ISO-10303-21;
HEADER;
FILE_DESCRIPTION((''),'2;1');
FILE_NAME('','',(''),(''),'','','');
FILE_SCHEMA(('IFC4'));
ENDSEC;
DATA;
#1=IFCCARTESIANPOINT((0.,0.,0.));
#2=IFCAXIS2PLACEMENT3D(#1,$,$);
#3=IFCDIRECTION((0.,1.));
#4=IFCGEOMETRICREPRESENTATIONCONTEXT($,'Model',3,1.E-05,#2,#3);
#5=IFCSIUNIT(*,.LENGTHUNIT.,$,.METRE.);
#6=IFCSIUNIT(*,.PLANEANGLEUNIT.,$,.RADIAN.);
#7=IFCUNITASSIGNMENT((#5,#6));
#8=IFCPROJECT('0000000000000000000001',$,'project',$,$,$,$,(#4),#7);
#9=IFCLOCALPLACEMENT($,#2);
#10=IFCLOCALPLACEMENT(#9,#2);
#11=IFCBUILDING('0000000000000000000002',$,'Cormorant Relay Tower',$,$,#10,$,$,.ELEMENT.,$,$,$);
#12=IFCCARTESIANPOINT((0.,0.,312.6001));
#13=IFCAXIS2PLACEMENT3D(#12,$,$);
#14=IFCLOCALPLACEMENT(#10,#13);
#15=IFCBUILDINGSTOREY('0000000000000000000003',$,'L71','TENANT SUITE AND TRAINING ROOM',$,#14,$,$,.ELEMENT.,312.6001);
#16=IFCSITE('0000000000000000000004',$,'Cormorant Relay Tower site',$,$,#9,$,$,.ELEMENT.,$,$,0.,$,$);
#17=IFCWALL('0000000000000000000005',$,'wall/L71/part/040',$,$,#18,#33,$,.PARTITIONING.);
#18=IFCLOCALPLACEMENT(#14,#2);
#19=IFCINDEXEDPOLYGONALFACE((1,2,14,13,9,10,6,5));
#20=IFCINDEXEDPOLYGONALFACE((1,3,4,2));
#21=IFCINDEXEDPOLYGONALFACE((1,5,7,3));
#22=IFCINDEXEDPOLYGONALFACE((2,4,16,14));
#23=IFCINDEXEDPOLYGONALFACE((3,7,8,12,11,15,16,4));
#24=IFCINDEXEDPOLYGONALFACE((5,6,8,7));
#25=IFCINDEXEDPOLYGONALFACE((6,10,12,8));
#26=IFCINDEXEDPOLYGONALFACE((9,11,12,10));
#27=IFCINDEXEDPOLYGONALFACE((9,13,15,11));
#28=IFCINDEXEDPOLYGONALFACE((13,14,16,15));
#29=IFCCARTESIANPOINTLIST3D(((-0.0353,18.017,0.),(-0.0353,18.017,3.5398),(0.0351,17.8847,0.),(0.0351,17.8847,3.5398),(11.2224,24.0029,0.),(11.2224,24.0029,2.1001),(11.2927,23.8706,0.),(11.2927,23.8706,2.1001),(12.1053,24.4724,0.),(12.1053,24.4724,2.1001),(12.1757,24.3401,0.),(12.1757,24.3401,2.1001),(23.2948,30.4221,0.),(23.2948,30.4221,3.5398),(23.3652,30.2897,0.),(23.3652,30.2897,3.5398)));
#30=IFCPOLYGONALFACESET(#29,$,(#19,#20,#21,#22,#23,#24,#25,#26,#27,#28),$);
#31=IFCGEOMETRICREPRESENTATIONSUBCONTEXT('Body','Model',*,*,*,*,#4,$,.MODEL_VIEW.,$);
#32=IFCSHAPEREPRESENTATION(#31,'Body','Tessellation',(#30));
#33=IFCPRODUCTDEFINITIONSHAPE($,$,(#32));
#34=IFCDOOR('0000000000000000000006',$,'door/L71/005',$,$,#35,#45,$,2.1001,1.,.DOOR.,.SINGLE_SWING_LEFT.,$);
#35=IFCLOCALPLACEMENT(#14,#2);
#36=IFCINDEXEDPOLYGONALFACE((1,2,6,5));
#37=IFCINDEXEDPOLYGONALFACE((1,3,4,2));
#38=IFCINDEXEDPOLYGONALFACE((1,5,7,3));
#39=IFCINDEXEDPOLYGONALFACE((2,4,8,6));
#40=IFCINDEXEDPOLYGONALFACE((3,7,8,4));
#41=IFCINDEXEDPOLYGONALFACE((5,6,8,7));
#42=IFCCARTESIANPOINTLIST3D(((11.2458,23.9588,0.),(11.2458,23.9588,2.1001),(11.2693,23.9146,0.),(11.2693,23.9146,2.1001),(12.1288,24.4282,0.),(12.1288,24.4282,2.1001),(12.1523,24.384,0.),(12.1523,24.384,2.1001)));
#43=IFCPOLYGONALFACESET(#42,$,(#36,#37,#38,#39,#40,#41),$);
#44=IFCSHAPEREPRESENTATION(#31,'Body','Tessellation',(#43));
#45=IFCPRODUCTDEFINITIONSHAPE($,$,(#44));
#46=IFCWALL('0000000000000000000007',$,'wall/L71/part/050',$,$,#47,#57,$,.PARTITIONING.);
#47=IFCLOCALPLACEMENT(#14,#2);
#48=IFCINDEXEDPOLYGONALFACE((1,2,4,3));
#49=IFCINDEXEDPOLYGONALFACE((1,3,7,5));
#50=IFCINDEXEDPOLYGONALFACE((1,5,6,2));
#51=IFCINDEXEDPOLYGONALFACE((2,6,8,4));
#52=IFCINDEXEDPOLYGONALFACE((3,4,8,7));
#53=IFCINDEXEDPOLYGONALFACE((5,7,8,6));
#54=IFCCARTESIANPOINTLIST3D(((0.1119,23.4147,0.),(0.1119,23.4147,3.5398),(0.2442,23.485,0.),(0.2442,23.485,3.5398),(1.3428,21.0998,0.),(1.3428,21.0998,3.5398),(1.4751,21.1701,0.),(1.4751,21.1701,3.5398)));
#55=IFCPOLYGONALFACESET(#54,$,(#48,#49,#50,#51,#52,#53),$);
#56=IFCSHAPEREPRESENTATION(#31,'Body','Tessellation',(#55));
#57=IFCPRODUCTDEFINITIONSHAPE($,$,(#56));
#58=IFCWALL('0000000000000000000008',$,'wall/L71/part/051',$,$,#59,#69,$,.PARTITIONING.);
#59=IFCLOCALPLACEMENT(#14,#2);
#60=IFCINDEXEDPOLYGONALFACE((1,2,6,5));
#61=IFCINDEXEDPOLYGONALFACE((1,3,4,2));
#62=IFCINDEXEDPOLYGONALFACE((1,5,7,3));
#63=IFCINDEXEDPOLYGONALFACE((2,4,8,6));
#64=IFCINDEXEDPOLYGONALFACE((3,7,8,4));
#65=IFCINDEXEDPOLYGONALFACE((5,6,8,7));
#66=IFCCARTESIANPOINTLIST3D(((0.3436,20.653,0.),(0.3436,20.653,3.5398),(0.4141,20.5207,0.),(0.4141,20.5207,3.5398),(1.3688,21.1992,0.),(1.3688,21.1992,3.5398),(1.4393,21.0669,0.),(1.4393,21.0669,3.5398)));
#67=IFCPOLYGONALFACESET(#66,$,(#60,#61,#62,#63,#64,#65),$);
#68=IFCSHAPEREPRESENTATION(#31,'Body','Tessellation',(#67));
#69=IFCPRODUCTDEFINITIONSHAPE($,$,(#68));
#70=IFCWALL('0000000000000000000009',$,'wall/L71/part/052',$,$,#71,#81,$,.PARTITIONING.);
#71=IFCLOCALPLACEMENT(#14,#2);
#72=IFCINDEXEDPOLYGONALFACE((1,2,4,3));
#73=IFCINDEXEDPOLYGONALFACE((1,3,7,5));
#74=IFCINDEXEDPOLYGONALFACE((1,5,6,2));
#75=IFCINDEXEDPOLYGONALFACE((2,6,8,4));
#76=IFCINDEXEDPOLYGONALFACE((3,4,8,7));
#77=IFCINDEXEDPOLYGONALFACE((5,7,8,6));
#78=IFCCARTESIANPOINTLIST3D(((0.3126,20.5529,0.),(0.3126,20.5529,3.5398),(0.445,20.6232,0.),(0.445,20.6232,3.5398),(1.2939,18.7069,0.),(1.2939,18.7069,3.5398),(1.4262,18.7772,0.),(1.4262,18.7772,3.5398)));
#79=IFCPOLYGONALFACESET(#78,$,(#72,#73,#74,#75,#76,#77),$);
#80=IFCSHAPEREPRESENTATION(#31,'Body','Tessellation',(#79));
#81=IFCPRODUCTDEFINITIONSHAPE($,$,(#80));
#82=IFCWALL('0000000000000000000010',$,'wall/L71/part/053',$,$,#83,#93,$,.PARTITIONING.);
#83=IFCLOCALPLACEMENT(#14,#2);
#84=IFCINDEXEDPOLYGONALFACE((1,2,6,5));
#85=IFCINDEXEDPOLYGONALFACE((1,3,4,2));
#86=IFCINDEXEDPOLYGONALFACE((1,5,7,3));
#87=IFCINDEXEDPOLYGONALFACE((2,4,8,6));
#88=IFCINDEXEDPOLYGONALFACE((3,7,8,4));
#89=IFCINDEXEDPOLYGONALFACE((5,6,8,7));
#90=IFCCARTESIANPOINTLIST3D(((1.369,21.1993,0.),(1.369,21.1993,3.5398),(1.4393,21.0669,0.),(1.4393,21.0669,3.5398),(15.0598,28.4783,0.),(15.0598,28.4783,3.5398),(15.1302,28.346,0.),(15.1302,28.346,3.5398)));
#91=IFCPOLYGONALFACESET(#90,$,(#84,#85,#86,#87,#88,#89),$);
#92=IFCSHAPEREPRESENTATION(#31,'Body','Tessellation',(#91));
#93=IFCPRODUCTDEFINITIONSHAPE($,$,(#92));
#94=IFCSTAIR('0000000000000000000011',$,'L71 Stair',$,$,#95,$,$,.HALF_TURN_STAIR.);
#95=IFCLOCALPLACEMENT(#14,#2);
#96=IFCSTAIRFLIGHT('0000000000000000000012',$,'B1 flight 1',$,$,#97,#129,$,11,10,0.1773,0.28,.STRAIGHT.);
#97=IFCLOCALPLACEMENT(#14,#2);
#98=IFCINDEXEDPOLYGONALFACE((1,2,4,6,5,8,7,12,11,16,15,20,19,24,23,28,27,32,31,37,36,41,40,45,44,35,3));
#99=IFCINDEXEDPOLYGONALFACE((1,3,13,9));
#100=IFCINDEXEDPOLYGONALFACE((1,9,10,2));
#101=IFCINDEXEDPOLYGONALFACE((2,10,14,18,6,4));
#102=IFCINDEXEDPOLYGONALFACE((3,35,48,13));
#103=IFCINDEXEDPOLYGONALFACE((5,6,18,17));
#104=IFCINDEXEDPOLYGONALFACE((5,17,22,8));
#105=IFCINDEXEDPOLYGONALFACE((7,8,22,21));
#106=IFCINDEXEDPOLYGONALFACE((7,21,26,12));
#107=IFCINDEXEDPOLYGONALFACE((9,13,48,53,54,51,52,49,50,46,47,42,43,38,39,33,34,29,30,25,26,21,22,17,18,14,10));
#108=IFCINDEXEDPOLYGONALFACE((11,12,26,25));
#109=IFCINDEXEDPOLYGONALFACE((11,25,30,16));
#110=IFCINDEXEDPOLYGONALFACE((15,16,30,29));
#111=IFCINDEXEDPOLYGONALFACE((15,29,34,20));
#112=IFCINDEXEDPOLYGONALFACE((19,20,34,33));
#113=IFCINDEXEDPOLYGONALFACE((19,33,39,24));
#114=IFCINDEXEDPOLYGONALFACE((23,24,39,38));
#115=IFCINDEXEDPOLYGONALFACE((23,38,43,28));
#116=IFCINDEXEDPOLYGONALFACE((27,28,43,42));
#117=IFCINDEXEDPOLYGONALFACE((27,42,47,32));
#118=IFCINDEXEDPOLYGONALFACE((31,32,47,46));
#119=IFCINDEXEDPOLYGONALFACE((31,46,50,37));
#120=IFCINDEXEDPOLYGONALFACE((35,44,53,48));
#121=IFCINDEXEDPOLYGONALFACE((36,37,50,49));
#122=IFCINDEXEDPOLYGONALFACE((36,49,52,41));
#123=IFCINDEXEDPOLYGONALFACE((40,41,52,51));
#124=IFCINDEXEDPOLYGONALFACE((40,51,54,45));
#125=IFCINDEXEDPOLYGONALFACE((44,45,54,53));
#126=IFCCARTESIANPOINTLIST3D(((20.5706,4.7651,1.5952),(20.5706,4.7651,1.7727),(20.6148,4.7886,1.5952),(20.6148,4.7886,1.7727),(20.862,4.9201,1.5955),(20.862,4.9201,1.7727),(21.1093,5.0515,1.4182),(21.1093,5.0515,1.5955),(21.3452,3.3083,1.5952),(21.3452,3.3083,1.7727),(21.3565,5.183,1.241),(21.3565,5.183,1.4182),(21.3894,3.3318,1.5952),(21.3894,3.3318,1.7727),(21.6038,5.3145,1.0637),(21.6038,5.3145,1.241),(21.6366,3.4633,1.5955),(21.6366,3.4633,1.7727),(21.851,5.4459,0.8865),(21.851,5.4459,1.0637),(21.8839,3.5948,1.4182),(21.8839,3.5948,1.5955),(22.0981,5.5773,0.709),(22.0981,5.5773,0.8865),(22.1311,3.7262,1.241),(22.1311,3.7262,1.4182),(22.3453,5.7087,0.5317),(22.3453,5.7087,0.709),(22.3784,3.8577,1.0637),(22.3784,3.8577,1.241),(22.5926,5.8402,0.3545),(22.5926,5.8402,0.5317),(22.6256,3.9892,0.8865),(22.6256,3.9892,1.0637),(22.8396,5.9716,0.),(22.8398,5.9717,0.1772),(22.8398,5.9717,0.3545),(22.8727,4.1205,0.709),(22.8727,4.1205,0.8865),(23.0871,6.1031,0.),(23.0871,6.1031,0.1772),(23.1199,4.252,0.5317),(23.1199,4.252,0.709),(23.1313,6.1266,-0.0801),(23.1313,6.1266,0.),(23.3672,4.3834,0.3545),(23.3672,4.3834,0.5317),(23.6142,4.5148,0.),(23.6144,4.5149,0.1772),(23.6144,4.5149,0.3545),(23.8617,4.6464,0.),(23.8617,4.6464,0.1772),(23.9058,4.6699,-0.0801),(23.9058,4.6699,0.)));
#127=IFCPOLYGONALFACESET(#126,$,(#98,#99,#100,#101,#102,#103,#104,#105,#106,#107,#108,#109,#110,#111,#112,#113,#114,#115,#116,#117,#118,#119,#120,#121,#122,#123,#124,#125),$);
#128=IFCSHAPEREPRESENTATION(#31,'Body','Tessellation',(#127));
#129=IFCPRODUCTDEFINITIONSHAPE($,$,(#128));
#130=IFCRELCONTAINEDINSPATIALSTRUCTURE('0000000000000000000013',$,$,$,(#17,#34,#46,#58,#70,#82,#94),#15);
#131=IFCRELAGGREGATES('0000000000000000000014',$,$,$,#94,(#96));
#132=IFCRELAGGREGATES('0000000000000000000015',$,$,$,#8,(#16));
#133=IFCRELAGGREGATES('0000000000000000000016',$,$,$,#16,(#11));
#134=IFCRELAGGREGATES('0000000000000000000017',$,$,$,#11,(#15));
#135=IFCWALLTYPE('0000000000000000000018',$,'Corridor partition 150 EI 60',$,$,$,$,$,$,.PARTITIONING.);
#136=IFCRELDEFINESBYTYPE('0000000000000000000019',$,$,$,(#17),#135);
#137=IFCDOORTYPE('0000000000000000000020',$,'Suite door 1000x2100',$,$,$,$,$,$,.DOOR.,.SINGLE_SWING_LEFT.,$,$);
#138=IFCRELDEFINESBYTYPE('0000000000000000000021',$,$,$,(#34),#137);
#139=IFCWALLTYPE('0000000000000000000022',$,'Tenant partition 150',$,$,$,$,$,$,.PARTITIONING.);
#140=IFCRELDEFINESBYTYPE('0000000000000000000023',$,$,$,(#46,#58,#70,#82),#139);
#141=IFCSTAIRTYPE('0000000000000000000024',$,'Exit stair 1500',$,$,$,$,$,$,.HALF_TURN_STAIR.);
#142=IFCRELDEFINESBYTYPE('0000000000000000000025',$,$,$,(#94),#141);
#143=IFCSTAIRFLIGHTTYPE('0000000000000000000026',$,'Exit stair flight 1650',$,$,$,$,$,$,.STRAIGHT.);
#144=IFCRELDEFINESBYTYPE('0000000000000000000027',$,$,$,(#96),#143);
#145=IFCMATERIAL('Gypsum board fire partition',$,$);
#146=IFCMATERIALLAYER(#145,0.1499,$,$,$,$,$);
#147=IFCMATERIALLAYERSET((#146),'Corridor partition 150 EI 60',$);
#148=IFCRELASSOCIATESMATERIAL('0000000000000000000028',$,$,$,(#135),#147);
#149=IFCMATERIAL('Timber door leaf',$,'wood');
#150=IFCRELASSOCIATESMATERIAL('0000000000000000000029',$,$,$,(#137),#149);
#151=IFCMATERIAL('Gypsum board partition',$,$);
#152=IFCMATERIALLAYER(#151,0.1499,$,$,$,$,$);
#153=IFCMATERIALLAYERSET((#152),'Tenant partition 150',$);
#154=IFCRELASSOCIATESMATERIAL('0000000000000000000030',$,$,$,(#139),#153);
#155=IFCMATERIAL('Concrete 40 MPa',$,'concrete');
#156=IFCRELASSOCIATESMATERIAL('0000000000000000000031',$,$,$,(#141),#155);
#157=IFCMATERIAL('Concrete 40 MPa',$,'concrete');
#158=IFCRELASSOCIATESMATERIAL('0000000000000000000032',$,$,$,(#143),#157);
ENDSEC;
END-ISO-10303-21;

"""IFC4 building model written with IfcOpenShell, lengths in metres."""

from ifc_helpers import new_model, si_unit, direction, frame, frame_2d, origin, place, context, subcontext, project, spatial, polyline, rectangle, outline, extrude, material, layer, layer_set, type_object, element, fill, aggregate, save


model = new_model("IFC4")

# Units and contexts
model_context = context("Model", 3, precision=1e-05, world=origin(), true_north=direction((0.0, 1.0)))
body_context = subcontext(model_context, "Body", "Model", "MODEL_VIEW")
ifc_project = project(units=[si_unit("LENGTHUNIT", "METRE"), si_unit("PLANEANGLEUNIT", "RADIAN")], contexts=[model_context])

# Site, building, storey
site_placement = place(None, origin())
site = spatial("IfcSite", under=ifc_project, at=site_placement, Name="Cormorant Relay Tower site", CompositionType="ELEMENT", RefElevation=0.0)
building_placement = place(site_placement, origin())
building = spatial("IfcBuilding", under=site, at=building_placement, Name="Cormorant Relay Tower", CompositionType="ELEMENT")
storey_placement = place(building_placement, frame((0.0, 0.0, 312.6001)))
storey = spatial("IfcBuildingStorey", under=building, at=storey_placement, Name="L71", Description="TENANT SUITE AND TRAINING ROOM", CompositionType="ELEMENT", Elevation=312.6001)

# Shared definitions
ifc_material_1 = material(Name="Gypsum board fire partition")
ifc_layer_1 = layer(ifc_material_1, 0.1499)
ifc_layer_set_1 = layer_set([ifc_layer_1], Name="Corridor partition 150 EI 60")
wall_type_1 = type_object("IfcWallType", Name="Corridor partition 150 EI 60", PredefinedType="PARTITIONING", material=ifc_layer_set_1)

# Wall, opening, door
wall_1_placement = place(storey_placement, frame((0.0, 17.9509, 0.0), z_axis=(0.0, 0.0, 1.0), x_axis=(0.882944, 0.469478, 0.0)))
wall_1 = element("IfcWall", 1, at=wall_1_placement, inside=storey, type_object=wall_type_1, Name="wall/L71/part/040", PredefinedType="PARTITIONING", context=body_context, shape_type="SweptSolid", body=[
    extrude(rectangle(XDim=26.4231, YDim=0.1499, at=frame_2d((13.2114, 0.0))), origin(), (0.0, 0.0, 1.0), 3.5398),
])
opening_1_placement = place(wall_1_placement, frame((12.75, 0.0, 0.0)))
opening_1 = element("IfcOpeningElement", 2, at=opening_1_placement, cuts=wall_1, PredefinedType="OPENING", context=body_context, shape_type="SweptSolid", body=[
    extrude(rectangle(XDim=1.0, YDim=2.1001, at=frame_2d((0.5, 1.05))), frame((0.0, 0.085, 0.0), z_axis=(0.0, -1.0, 0.0), x_axis=(1.0, 0.0, 0.0)), (0.0, 0.0, 1.0), 0.1699),
])
ifc_material_2 = material(Name="Timber door leaf", Category="wood")
door_type_1 = type_object("IfcDoorType", Name="Suite door 1000x2100", OperationType="SINGLE_SWING_LEFT", PredefinedType="DOOR", material=ifc_material_2)
door_1_placement = place(opening_1_placement, origin())
door_1 = element("IfcDoor", 3, at=door_1_placement, inside=storey, type_object=door_type_1, Name="door/L71/005", OperationType="SINGLE_SWING_LEFT", OverallHeight=2.1001, OverallWidth=1.0, PredefinedType="DOOR", context=body_context, shape_type="SweptSolid", body=[
    extrude(rectangle(XDim=1.0, YDim=2.1001, at=frame_2d((0.5, 1.05))), frame((0.0, 0.0249, 0.0), z_axis=(0.0, -1.0, 0.0), x_axis=(1.0, 0.0, 0.0)), (0.0, 0.0, 1.0), 0.05),
])
fill(opening_1, door_1)

# Walls
ifc_material_3 = material(Name="Gypsum board partition")
ifc_layer_2 = layer(ifc_material_3, 0.1499)
ifc_layer_set_2 = layer_set([ifc_layer_2], Name="Tenant partition 150")
wall_type_2 = type_object("IfcWallType", Name="Tenant partition 150", PredefinedType="PARTITIONING", material=ifc_layer_set_2)
wall_2_placement = place(storey_placement, frame((0.178, 23.45, 0.0), z_axis=(0.0, 0.0, 1.0), x_axis=(0.469496, -0.882935, 0.0)))
element("IfcWall", 4, at=wall_2_placement, inside=storey, type_object=wall_type_2, Name="wall/L71/part/050", PredefinedType="PARTITIONING", context=body_context, shape_type="SweptSolid", body=[
    extrude(rectangle(XDim=2.6218, YDim=0.1499, at=frame_2d((1.311, 0.0))), origin(), (0.0, 0.0, 1.0), 3.5398),
])
wall_3_placement = place(storey_placement, frame((1.4041, 21.1331, 0.0), z_axis=(0.0, 0.0, 1.0), x_axis=(-0.882568, -0.470185, 0.0)))
element("IfcWall", 5, at=wall_3_placement, inside=storey, type_object=wall_type_2, Name="wall/L71/part/051", PredefinedType="PARTITIONING", context=body_context, shape_type="SweptSolid", body=[
    extrude(rectangle(XDim=1.1616, YDim=0.1499, at=frame_2d((0.5808, 0.0))), origin(), (0.0, 0.0, 1.0), 3.5398),
])
wall_4_placement = place(storey_placement, frame((1.3601, 18.7419, 0.0), z_axis=(0.0, 0.0, 1.0), x_axis=(-0.469357, 0.883008, 0.0)))
element("IfcWall", 6, at=wall_4_placement, inside=storey, type_object=wall_type_2, Name="wall/L71/part/052", PredefinedType="PARTITIONING", context=body_context, shape_type="SweptSolid", body=[
    extrude(rectangle(XDim=2.0906, YDim=0.1499, at=frame_2d((1.0454, 0.0))), origin(), (0.0, 0.0, 1.0), 3.5398),
])
wall_5_placement = place(storey_placement, frame((1.4041, 21.1331, 0.0), z_axis=(0.0, 0.0, 1.0), x_axis=(0.882962, 0.469445, 0.0)))
element("IfcWall", 7, at=wall_5_placement, inside=storey, type_object=wall_type_2, Name="wall/L71/part/053", PredefinedType="PARTITIONING", context=body_context, shape_type="SweptSolid", body=[
    extrude(rectangle(XDim=15.5056, YDim=0.1499, at=frame_2d((7.7529, 0.0))), origin(), (0.0, 0.0, 1.0), 3.5398),
])

# Stair, stair flight
ifc_material_4 = material(Name="Concrete 40 MPa", Category="concrete")
stair_type = type_object("IfcStairType", Name="Exit stair 1500", PredefinedType="HALF_TURN_STAIR", material=ifc_material_4)
stair_placement = place(storey_placement, origin())
stair = element("IfcStair", 8, at=stair_placement, inside=storey, type_object=stair_type, Name="L71 Stair", PredefinedType="HALF_TURN_STAIR")
ifc_material_5 = material(Name="Concrete 40 MPa", Category="concrete")
stair_flight_type = type_object("IfcStairFlightType", Name="Exit stair flight 1650", PredefinedType="STRAIGHT", material=ifc_material_5)
stair_flight_placement = place(storey_placement, frame((23.4744, 5.3748, 0.0), z_axis=(0.0, 0.0, 1.0), x_axis=(-0.882948, -0.469472, 0.0)))
stair_flight = element("IfcStairFlight", 9, at=stair_flight_placement, type_object=stair_flight_type, Name="B1 flight 1", NumberOfRisers=11, NumberOfTreads=10, PredefinedType="STRAIGHT", RiserHeight=0.1773, TreadLength=0.28, context=body_context, shape_type="SweptSolid", body=[
    extrude(outline(polyline([(-0.05, -0.0801), (-0.05, 0.0), (0.0, 0.0), (0.0, 0.1772), (0.28, 0.1772), (0.28, 0.3545), (0.5601, 0.3545), (0.5601, 0.5317), (0.8401, 0.5317), (0.8401, 0.709), (1.1201, 0.709), (1.1201, 0.8865), (1.3999, 0.8865), (1.3999, 1.0637), (1.6799, 1.0637), (1.6799, 1.241), (1.96, 1.241), (1.96, 1.4182), (2.24, 1.4182), (2.24, 1.5955), (2.52, 1.5955), (2.52, 1.7727), (2.8, 1.7727), (2.8501, 1.7727), (2.8501, 1.5952), (2.8, 1.5952), (0.2803, 0.0), (-0.05, -0.0801)])), frame((0.0, 0.825, 0.0), z_axis=(0.0, -1.0, 0.0), x_axis=(1.0, 0.0, 0.0)), (0.0, 0.0, 1.0), 1.6499),
])
aggregate(stair, [stair_flight])

save(model, "model.ifc")
